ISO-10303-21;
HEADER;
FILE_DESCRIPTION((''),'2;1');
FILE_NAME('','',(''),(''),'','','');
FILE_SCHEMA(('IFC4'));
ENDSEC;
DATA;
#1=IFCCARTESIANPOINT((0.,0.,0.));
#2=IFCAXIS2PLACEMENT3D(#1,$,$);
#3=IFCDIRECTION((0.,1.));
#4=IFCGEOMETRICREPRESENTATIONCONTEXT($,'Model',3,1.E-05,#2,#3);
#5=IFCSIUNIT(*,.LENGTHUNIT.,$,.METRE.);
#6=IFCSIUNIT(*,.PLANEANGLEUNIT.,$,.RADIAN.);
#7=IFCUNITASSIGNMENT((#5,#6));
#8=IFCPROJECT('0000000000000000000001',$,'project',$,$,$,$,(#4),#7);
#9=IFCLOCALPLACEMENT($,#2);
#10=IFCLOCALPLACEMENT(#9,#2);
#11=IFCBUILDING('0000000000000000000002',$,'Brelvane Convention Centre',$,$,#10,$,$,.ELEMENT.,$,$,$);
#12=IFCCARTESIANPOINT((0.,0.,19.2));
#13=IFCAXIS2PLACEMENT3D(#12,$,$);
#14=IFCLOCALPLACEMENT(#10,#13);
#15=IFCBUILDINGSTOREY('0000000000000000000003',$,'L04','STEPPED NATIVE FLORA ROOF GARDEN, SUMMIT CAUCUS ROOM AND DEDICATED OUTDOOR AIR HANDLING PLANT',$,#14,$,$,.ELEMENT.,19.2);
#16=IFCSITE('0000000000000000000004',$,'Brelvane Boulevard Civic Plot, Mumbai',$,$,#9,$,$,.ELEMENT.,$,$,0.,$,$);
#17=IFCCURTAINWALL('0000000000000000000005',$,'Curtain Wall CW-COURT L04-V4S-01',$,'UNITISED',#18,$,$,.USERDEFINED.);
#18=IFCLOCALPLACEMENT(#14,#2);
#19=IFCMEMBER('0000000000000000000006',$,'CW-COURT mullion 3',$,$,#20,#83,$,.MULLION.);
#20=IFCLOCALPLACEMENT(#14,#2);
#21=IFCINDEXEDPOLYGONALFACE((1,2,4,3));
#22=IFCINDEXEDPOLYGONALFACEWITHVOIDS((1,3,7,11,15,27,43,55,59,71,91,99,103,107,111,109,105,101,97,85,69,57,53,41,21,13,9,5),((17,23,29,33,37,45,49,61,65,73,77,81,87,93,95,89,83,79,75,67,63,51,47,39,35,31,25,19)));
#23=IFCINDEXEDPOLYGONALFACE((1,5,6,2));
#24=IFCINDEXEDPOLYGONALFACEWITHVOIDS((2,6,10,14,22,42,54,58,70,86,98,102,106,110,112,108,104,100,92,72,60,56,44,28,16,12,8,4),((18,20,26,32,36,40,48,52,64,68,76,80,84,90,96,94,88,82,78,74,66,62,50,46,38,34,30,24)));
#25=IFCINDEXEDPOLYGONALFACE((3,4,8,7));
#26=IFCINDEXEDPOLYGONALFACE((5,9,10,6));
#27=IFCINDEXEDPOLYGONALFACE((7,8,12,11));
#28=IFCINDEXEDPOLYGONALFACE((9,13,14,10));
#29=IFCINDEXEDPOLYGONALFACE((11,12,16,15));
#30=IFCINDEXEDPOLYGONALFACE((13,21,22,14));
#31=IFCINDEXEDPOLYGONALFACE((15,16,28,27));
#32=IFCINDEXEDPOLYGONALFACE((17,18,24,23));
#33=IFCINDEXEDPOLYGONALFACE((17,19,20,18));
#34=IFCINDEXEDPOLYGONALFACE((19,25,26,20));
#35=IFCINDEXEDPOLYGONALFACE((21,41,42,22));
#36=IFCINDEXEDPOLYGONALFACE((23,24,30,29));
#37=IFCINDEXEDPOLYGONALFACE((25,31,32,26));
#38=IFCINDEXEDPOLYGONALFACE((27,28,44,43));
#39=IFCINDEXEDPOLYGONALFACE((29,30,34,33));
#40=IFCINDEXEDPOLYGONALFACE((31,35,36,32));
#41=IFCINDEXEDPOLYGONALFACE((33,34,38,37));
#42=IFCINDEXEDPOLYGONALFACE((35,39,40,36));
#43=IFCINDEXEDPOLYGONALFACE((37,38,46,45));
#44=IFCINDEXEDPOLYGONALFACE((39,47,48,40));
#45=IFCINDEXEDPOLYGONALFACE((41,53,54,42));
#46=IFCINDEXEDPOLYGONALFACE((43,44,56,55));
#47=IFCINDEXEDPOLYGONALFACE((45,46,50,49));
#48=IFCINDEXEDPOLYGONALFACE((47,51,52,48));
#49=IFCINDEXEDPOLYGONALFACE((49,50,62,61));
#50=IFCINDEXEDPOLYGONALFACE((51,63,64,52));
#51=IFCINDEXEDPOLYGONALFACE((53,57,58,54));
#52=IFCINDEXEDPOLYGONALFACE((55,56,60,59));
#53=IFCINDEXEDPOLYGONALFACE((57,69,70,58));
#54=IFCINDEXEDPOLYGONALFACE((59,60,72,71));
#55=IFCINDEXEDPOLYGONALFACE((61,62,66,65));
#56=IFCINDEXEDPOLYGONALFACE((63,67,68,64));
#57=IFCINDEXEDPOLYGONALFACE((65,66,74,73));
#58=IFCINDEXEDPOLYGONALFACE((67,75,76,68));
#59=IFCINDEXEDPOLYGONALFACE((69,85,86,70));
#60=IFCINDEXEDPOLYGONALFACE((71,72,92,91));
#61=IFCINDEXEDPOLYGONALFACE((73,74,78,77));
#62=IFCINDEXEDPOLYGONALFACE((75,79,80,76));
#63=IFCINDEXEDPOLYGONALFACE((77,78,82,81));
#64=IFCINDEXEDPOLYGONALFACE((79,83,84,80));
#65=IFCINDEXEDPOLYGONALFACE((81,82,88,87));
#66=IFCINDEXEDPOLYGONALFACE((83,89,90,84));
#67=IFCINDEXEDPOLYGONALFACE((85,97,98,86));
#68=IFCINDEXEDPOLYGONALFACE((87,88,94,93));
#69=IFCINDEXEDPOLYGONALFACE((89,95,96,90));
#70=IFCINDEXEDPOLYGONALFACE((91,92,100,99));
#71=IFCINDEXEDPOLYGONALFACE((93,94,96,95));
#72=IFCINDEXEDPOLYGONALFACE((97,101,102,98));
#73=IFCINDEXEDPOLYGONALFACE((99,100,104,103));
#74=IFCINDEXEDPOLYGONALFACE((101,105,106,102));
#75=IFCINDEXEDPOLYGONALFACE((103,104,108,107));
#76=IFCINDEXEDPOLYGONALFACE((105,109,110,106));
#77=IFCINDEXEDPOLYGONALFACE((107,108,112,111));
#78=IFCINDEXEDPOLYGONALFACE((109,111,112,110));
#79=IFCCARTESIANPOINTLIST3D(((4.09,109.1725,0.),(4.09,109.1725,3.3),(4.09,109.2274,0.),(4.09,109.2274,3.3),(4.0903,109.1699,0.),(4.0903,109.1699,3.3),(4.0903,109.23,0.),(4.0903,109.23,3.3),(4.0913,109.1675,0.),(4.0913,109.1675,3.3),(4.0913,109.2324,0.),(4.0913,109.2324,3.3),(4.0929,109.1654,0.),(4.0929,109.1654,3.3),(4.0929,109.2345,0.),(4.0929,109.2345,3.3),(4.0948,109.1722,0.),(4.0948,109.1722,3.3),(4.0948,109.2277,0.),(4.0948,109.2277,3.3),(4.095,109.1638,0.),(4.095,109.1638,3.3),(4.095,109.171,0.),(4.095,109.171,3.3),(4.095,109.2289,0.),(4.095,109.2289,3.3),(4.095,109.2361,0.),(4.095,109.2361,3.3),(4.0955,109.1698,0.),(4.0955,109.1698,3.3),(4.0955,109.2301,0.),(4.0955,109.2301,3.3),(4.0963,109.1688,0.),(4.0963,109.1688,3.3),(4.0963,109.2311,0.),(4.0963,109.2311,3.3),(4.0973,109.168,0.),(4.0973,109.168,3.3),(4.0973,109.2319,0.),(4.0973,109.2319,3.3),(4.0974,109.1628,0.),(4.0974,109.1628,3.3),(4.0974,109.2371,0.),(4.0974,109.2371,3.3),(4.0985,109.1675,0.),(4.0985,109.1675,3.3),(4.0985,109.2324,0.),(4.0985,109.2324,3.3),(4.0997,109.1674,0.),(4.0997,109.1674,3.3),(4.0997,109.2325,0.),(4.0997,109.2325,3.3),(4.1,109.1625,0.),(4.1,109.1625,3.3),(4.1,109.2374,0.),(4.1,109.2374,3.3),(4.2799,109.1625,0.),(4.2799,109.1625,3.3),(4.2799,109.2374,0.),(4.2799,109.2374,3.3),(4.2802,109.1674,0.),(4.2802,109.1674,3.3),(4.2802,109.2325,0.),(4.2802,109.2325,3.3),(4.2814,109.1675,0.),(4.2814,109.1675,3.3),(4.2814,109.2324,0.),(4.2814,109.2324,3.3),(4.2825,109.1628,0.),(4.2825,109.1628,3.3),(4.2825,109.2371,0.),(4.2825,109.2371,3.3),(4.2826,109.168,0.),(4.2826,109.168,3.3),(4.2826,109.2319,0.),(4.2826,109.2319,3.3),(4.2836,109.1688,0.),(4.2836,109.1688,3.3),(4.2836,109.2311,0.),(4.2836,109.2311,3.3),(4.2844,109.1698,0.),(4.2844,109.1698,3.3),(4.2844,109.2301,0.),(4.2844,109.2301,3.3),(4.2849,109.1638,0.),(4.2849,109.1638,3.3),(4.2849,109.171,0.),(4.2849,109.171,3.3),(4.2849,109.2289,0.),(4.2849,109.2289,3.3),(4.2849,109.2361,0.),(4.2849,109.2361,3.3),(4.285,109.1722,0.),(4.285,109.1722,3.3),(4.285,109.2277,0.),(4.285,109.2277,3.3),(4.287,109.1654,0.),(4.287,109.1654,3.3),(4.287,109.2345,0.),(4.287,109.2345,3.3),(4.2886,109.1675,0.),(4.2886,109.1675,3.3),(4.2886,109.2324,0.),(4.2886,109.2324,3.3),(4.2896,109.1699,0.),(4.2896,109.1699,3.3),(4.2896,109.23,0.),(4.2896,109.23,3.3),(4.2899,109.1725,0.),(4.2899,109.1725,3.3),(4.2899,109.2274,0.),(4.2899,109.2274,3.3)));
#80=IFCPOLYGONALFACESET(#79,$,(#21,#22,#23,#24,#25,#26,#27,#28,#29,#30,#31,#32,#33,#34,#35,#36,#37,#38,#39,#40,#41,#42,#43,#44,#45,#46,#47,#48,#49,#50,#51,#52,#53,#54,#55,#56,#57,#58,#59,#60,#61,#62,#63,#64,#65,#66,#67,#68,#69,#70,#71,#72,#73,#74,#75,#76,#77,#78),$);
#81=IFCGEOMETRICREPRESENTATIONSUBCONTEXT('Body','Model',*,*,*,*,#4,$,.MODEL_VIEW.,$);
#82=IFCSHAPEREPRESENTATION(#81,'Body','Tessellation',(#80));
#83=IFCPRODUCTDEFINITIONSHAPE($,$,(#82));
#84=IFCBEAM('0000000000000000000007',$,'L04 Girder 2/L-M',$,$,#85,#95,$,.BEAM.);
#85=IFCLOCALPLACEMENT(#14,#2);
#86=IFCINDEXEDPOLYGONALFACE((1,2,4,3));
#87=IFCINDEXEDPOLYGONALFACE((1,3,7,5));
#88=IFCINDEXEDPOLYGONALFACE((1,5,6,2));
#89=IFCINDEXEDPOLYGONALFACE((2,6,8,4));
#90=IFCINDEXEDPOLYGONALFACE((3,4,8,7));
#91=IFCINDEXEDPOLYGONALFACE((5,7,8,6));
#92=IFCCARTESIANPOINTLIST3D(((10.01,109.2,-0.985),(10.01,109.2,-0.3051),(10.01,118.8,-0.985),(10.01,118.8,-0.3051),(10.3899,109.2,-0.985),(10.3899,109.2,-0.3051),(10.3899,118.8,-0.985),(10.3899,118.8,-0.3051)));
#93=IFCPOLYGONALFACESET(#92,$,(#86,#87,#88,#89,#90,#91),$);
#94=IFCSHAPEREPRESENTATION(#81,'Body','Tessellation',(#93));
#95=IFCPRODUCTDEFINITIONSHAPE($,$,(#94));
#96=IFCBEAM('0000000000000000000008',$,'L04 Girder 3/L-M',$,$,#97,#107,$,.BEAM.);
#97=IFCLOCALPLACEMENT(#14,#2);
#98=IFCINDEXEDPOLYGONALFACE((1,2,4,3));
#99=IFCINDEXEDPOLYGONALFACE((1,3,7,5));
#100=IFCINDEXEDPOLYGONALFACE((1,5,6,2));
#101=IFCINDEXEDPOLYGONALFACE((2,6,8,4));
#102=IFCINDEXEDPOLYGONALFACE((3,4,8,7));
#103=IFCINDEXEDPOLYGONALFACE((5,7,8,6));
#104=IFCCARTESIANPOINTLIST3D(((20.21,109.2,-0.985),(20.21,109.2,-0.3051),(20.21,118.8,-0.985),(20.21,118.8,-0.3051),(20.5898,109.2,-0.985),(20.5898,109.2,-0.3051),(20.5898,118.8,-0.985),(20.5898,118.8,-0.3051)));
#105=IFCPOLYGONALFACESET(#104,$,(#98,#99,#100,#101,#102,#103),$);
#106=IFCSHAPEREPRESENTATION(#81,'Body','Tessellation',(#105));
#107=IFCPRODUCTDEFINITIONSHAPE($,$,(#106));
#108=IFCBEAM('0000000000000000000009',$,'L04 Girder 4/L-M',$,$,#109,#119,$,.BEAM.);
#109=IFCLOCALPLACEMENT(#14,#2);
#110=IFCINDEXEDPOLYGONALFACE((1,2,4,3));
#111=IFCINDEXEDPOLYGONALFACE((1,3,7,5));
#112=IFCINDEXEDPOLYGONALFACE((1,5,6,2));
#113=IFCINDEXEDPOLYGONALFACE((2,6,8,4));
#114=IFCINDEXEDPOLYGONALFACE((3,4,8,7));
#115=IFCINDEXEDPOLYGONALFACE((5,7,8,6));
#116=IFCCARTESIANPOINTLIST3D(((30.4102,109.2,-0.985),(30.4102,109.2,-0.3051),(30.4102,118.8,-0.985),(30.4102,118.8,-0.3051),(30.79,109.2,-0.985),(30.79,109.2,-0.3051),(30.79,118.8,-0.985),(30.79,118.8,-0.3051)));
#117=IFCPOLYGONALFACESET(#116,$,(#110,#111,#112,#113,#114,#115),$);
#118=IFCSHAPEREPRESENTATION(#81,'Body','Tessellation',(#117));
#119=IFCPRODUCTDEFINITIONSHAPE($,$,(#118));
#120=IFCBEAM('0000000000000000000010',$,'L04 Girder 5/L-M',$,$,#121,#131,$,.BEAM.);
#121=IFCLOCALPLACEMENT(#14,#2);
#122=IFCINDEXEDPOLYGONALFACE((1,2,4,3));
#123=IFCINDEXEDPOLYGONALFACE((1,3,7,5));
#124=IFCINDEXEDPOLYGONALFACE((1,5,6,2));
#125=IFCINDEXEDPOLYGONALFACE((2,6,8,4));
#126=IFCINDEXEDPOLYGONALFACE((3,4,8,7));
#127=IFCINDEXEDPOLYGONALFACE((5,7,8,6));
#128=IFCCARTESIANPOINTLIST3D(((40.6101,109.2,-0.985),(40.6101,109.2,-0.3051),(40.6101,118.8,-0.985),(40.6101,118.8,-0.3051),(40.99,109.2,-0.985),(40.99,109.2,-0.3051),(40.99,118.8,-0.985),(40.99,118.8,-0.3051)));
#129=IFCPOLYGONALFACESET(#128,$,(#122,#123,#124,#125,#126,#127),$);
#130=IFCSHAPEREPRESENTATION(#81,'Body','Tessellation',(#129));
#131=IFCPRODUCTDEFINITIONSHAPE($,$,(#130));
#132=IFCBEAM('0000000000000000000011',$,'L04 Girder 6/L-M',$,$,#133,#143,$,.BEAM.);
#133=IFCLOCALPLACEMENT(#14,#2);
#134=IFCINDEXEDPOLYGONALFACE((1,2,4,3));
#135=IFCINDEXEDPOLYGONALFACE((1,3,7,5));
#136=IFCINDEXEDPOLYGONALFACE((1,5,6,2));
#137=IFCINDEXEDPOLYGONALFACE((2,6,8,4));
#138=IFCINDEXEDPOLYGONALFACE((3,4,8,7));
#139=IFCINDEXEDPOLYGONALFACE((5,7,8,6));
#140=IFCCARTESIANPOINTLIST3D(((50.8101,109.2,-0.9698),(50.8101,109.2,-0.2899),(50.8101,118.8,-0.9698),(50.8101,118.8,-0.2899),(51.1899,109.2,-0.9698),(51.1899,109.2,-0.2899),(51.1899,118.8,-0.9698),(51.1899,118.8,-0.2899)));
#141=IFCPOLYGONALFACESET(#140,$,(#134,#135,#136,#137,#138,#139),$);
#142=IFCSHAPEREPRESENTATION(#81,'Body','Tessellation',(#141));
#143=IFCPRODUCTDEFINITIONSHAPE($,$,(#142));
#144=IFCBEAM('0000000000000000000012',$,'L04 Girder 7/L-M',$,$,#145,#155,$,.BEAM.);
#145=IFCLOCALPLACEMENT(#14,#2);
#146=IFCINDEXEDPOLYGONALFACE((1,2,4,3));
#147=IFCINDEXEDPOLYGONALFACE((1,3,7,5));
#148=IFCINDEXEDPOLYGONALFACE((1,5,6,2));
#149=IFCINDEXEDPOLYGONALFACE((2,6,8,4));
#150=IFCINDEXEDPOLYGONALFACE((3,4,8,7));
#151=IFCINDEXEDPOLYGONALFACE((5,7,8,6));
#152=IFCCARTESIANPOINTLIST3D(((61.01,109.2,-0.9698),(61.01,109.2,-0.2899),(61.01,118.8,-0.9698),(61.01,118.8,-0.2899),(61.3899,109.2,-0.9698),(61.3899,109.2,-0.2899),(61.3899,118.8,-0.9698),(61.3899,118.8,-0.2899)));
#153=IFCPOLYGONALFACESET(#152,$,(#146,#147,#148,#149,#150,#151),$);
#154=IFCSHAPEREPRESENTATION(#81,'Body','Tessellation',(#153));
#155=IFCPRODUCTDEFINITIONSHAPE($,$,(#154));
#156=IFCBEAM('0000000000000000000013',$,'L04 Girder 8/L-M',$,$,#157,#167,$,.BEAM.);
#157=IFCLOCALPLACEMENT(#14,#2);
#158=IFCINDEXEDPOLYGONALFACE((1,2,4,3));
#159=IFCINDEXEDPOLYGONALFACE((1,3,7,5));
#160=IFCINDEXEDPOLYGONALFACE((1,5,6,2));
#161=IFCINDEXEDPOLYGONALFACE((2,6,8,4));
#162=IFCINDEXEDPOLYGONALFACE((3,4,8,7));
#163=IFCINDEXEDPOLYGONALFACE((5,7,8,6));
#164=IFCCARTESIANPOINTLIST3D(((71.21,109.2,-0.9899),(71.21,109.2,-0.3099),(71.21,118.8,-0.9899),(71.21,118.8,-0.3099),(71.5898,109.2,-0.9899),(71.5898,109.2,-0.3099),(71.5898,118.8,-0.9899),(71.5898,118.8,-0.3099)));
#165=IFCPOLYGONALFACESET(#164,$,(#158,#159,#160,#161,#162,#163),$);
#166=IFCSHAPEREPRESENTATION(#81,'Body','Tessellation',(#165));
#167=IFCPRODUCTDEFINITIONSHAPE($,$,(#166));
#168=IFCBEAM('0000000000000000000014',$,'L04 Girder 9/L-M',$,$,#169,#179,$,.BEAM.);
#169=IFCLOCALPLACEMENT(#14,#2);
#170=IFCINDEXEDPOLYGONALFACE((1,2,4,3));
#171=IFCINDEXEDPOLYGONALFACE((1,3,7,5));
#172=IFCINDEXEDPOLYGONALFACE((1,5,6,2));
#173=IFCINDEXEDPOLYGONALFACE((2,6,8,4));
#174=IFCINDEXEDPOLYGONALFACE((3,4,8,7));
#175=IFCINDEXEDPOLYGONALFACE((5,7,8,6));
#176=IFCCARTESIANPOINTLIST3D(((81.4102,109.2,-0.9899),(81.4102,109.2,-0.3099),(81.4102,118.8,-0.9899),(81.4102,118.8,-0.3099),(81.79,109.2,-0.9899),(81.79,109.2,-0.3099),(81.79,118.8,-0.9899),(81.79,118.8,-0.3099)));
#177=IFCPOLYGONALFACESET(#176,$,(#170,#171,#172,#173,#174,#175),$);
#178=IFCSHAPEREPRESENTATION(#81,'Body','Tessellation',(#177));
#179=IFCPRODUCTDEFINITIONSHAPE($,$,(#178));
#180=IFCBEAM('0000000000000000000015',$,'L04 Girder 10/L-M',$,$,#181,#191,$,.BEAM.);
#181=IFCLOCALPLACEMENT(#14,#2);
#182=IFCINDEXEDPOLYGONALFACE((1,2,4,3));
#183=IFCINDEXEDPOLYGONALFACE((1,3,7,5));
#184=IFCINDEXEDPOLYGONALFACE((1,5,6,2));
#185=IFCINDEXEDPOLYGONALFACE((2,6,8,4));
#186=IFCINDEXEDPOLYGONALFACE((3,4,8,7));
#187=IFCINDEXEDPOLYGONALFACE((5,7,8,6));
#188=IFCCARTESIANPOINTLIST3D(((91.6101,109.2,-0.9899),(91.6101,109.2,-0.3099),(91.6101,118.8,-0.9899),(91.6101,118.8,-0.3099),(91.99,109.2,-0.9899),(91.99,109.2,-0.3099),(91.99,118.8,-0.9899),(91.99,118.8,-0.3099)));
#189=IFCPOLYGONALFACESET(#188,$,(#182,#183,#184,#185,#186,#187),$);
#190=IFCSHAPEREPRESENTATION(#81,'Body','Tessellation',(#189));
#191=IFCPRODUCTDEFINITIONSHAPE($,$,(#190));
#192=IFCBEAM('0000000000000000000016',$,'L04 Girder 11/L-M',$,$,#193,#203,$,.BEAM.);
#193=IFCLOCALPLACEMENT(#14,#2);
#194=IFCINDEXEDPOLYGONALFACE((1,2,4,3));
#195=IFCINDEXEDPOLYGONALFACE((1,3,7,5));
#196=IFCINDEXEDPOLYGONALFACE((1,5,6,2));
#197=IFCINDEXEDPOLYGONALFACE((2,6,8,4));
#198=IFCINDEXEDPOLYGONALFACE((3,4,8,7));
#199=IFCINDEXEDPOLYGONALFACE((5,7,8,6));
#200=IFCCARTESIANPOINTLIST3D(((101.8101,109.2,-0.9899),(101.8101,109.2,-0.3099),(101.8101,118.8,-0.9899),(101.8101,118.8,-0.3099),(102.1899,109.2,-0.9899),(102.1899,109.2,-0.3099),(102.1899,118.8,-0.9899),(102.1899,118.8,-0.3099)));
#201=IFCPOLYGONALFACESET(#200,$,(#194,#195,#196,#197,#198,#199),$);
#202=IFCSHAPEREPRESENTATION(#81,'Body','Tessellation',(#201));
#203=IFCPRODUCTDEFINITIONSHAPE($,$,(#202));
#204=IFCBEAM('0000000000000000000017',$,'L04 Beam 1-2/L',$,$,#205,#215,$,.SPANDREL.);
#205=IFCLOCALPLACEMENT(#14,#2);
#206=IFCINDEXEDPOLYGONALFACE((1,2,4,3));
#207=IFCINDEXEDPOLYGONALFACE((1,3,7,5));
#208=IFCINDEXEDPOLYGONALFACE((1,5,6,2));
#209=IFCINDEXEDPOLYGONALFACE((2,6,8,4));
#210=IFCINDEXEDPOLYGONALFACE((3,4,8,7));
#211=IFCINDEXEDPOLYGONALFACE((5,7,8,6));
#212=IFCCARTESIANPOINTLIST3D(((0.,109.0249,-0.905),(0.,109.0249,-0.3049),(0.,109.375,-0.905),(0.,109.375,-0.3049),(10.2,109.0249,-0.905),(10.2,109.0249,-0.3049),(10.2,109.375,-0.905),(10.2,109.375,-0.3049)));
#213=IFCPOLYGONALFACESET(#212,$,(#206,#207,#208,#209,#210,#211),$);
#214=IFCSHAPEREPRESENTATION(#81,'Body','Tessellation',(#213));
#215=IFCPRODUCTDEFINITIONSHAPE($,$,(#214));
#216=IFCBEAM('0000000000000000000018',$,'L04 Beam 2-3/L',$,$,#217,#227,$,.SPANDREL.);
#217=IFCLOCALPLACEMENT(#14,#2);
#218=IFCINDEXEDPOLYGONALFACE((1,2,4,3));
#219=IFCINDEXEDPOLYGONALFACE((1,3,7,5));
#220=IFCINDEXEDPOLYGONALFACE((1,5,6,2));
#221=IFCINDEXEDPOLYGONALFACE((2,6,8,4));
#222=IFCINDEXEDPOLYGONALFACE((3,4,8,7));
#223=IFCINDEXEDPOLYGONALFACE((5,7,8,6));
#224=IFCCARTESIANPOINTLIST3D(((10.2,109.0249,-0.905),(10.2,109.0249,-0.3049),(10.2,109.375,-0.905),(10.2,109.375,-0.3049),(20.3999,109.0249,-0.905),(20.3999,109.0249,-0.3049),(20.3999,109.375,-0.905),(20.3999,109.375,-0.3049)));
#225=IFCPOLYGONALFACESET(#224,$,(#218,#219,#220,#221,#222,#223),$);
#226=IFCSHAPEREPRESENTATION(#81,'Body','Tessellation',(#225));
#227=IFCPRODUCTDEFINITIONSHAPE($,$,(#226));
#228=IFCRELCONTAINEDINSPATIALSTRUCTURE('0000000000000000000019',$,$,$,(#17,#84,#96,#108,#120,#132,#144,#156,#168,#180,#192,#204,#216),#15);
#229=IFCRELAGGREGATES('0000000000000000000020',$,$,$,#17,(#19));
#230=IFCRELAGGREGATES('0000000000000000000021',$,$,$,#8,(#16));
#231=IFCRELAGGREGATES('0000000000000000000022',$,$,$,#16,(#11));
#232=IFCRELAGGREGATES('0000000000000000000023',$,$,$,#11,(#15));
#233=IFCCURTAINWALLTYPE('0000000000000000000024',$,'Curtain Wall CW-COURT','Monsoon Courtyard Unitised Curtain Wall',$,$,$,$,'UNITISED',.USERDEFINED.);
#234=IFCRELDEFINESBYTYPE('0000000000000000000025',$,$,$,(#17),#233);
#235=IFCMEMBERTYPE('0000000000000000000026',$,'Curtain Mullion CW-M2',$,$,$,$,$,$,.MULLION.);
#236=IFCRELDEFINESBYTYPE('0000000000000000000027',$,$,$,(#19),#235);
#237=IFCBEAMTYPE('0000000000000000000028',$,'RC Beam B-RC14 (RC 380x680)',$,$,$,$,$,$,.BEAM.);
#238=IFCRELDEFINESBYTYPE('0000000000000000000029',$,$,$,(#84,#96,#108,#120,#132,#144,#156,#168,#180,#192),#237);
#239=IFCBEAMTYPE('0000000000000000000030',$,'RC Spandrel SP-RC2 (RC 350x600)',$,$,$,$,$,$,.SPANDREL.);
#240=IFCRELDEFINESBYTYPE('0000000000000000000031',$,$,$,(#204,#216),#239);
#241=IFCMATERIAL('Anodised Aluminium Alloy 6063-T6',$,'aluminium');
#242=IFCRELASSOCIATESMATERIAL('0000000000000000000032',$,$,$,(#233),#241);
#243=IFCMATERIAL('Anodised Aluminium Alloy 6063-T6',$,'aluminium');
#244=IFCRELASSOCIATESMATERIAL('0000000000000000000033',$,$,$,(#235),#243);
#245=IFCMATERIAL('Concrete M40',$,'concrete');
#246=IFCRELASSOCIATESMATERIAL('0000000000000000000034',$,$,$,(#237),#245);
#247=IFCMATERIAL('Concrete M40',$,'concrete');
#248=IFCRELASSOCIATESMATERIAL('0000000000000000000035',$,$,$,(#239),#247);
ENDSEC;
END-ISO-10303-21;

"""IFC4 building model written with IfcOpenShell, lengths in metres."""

from ifc_helpers import new_model, si_unit, direction, frame, origin, origin_2d, place, context, subcontext, project, spatial, rectangle, hollow_rectangle, extrude, material, material_profile, profile_set, type_object, element, aggregate, save


model = new_model("IFC4")

# Units and contexts
model_context = context("Model", 3, precision=1e-05, world=origin(), true_north=direction((0.0, 1.0)))
body_context = subcontext(model_context, "Body", "Model", "MODEL_VIEW")
ifc_project = project(units=[si_unit("LENGTHUNIT", "METRE"), si_unit("PLANEANGLEUNIT", "RADIAN")], contexts=[model_context])

# Site, building, storey
site_placement = place(None, origin())
site = spatial("IfcSite", under=ifc_project, at=site_placement, Name="Brelvane Boulevard Civic Plot, Mumbai", CompositionType="ELEMENT", RefElevation=0.0)
building_placement = place(site_placement, origin())
building = spatial("IfcBuilding", under=site, at=building_placement, Name="Brelvane Convention Centre", CompositionType="ELEMENT")
storey_placement = place(building_placement, frame((0.0, 0.0, 19.2)))
storey = spatial("IfcBuildingStorey", under=building, at=storey_placement, Name="L04", Description="STEPPED NATIVE FLORA ROOF GARDEN, SUMMIT CAUCUS ROOM AND DEDICATED OUTDOOR AIR HANDLING PLANT", CompositionType="ELEMENT", Elevation=19.2)

# Curtain wall, member
ifc_material_1 = material(Name="Anodised Aluminium Alloy 6063-T6", Category="aluminium")
curtain_wall_type = type_object("IfcCurtainWallType", Name="Curtain Wall CW-COURT", Description="Monsoon Courtyard Unitised Curtain Wall", ElementType="UNITISED", PredefinedType="USERDEFINED", material=ifc_material_1)
curtain_wall_placement = place(storey_placement, origin())
curtain_wall = element("IfcCurtainWall", 1, at=curtain_wall_placement, inside=storey, type_object=curtain_wall_type, Name="Curtain Wall CW-COURT L04-V4S-01", ObjectType="UNITISED", PredefinedType="USERDEFINED")
ifc_material_2 = material(Name="Anodised Aluminium Alloy 6063-T6", Category="aluminium")
ifc_material_profile_1 = material_profile(ifc_material_2, hollow_rectangle(XDim=0.075, YDim=0.2, WallThickness=0.0049, InnerFilletRadius=0.0049, OuterFilletRadius=0.01, at=origin_2d()), Name="ALU-M 200x75x5.0")
ifc_profile_set_1 = profile_set([ifc_material_profile_1], Name="Anodised Aluminium Alloy 6063-T6")
member_type = type_object("IfcMemberType", Name="Curtain Mullion CW-M2", PredefinedType="MULLION", material=ifc_profile_set_1)
member_1_placement = place(storey_placement, frame((4.1899, 109.2, 0.0), z_axis=(0.0, 0.0, 1.0), x_axis=(0.0, 1.0, 0.0)))
member_1 = element("IfcMember", 2, at=member_1_placement, type_object=member_type, Name="CW-COURT mullion 3", PredefinedType="MULLION", context=body_context, shape_type="SweptSolid", body=[
    extrude(hollow_rectangle(XDim=0.075, YDim=0.2, WallThickness=0.0049, InnerFilletRadius=0.0049, OuterFilletRadius=0.01, at=origin_2d()), origin(), (0.0, 0.0, 1.0), 3.3),
])
aggregate(curtain_wall, [member_1])

# Beams
ifc_material_3 = material(Name="Concrete M40", Category="concrete")
ifc_material_profile_2 = material_profile(ifc_material_3, rectangle(XDim=0.3799, YDim=0.6799, at=origin_2d()), Name="RC 380x680")
ifc_profile_set_2 = profile_set([ifc_material_profile_2], Name="Concrete M40")
beam_type_1 = type_object("IfcBeamType", Name="RC Beam B-RC14 (RC 380x680)", PredefinedType="BEAM", material=ifc_profile_set_2)
for number, where, z_axis, x_axis, name in (
    (3, (10.2, 109.2, -0.645), (0.0, 1.0, 0.0), (-1.0, 0.0, 0.0), "L04 Girder 2/L-M"),
    (4, (20.3999, 109.2, -0.645), (0.0, 1.0, 0.0), (-1.0, 0.0, 0.0), "L04 Girder 3/L-M"),
    (5, (30.6001, 109.2, -0.645), (0.0, 1.0, 0.0), (-1.0, 0.0, 0.0), "L04 Girder 4/L-M"),
    (6, (40.8, 109.2, -0.645), (0.0, 1.0, 0.0), (-1.0, 0.0, 0.0), "L04 Girder 5/L-M"),
    (7, (51.0, 109.2, -0.6299), (0.0, 1.0, 0.0), (-1.0, 0.0, 0.0), "L04 Girder 6/L-M"),
    (8, (61.2, 109.2, -0.6299), (0.0, 1.0, 0.0), (-1.0, 0.0, 0.0), "L04 Girder 7/L-M"),
    (9, (71.3999, 109.2, -0.6499), (0.0, 1.0, 0.0), (-1.0, 0.0, 0.0), "L04 Girder 8/L-M"),
    (10, (81.6001, 109.2, -0.6499), (0.0, 1.0, 0.0), (-1.0, 0.0, 0.0), "L04 Girder 9/L-M"),
    (11, (91.8, 109.2, -0.6499), (0.0, 1.0, 0.0), (-1.0, 0.0, 0.0), "L04 Girder 10/L-M"),
    (12, (102.0, 109.2, -0.6499), (0.0, 1.0, 0.0), (-1.0, 0.0, 0.0), "L04 Girder 11/L-M"),
):
    element("IfcBeam", number, at=place(storey_placement, frame(where, z_axis=z_axis, x_axis=x_axis)), inside=storey, type_object=beam_type_1, Name=name, PredefinedType="BEAM", context=body_context, shape_type="SweptSolid", body=[
        extrude(rectangle(XDim=0.3799, YDim=0.6799, at=origin_2d()), origin(), (0.0, 0.0, 1.0), 9.6001),
    ])
ifc_material_4 = material(Name="Concrete M40", Category="concrete")
ifc_material_profile_3 = material_profile(ifc_material_4, rectangle(XDim=0.3501, YDim=0.6001, at=origin_2d()), Name="RC 350x600")
ifc_profile_set_3 = profile_set([ifc_material_profile_3], Name="Concrete M40")
beam_type_2 = type_object("IfcBeamType", Name="RC Spandrel SP-RC2 (RC 350x600)", PredefinedType="SPANDREL", material=ifc_profile_set_3)
for number, where, z_axis, x_axis, name in (
    (13, (0.0, 109.2, -0.605), (1.0, 0.0, 0.0), (0.0, 1.0, 0.0), "L04 Beam 1-2/L"),
    (14, (10.2, 109.2, -0.605), (1.0, 0.0, 0.0), (0.0, 1.0, 0.0), "L04 Beam 2-3/L"),
):
    element("IfcBeam", number, at=place(storey_placement, frame(where, z_axis=z_axis, x_axis=x_axis)), inside=storey, type_object=beam_type_2, Name=name, PredefinedType="SPANDREL", context=body_context, shape_type="SweptSolid", body=[
        extrude(rectangle(XDim=0.3501, YDim=0.6001, at=origin_2d()), origin(), (0.0, 0.0, 1.0), 10.2),
    ])

save(model, "model.ifc")
